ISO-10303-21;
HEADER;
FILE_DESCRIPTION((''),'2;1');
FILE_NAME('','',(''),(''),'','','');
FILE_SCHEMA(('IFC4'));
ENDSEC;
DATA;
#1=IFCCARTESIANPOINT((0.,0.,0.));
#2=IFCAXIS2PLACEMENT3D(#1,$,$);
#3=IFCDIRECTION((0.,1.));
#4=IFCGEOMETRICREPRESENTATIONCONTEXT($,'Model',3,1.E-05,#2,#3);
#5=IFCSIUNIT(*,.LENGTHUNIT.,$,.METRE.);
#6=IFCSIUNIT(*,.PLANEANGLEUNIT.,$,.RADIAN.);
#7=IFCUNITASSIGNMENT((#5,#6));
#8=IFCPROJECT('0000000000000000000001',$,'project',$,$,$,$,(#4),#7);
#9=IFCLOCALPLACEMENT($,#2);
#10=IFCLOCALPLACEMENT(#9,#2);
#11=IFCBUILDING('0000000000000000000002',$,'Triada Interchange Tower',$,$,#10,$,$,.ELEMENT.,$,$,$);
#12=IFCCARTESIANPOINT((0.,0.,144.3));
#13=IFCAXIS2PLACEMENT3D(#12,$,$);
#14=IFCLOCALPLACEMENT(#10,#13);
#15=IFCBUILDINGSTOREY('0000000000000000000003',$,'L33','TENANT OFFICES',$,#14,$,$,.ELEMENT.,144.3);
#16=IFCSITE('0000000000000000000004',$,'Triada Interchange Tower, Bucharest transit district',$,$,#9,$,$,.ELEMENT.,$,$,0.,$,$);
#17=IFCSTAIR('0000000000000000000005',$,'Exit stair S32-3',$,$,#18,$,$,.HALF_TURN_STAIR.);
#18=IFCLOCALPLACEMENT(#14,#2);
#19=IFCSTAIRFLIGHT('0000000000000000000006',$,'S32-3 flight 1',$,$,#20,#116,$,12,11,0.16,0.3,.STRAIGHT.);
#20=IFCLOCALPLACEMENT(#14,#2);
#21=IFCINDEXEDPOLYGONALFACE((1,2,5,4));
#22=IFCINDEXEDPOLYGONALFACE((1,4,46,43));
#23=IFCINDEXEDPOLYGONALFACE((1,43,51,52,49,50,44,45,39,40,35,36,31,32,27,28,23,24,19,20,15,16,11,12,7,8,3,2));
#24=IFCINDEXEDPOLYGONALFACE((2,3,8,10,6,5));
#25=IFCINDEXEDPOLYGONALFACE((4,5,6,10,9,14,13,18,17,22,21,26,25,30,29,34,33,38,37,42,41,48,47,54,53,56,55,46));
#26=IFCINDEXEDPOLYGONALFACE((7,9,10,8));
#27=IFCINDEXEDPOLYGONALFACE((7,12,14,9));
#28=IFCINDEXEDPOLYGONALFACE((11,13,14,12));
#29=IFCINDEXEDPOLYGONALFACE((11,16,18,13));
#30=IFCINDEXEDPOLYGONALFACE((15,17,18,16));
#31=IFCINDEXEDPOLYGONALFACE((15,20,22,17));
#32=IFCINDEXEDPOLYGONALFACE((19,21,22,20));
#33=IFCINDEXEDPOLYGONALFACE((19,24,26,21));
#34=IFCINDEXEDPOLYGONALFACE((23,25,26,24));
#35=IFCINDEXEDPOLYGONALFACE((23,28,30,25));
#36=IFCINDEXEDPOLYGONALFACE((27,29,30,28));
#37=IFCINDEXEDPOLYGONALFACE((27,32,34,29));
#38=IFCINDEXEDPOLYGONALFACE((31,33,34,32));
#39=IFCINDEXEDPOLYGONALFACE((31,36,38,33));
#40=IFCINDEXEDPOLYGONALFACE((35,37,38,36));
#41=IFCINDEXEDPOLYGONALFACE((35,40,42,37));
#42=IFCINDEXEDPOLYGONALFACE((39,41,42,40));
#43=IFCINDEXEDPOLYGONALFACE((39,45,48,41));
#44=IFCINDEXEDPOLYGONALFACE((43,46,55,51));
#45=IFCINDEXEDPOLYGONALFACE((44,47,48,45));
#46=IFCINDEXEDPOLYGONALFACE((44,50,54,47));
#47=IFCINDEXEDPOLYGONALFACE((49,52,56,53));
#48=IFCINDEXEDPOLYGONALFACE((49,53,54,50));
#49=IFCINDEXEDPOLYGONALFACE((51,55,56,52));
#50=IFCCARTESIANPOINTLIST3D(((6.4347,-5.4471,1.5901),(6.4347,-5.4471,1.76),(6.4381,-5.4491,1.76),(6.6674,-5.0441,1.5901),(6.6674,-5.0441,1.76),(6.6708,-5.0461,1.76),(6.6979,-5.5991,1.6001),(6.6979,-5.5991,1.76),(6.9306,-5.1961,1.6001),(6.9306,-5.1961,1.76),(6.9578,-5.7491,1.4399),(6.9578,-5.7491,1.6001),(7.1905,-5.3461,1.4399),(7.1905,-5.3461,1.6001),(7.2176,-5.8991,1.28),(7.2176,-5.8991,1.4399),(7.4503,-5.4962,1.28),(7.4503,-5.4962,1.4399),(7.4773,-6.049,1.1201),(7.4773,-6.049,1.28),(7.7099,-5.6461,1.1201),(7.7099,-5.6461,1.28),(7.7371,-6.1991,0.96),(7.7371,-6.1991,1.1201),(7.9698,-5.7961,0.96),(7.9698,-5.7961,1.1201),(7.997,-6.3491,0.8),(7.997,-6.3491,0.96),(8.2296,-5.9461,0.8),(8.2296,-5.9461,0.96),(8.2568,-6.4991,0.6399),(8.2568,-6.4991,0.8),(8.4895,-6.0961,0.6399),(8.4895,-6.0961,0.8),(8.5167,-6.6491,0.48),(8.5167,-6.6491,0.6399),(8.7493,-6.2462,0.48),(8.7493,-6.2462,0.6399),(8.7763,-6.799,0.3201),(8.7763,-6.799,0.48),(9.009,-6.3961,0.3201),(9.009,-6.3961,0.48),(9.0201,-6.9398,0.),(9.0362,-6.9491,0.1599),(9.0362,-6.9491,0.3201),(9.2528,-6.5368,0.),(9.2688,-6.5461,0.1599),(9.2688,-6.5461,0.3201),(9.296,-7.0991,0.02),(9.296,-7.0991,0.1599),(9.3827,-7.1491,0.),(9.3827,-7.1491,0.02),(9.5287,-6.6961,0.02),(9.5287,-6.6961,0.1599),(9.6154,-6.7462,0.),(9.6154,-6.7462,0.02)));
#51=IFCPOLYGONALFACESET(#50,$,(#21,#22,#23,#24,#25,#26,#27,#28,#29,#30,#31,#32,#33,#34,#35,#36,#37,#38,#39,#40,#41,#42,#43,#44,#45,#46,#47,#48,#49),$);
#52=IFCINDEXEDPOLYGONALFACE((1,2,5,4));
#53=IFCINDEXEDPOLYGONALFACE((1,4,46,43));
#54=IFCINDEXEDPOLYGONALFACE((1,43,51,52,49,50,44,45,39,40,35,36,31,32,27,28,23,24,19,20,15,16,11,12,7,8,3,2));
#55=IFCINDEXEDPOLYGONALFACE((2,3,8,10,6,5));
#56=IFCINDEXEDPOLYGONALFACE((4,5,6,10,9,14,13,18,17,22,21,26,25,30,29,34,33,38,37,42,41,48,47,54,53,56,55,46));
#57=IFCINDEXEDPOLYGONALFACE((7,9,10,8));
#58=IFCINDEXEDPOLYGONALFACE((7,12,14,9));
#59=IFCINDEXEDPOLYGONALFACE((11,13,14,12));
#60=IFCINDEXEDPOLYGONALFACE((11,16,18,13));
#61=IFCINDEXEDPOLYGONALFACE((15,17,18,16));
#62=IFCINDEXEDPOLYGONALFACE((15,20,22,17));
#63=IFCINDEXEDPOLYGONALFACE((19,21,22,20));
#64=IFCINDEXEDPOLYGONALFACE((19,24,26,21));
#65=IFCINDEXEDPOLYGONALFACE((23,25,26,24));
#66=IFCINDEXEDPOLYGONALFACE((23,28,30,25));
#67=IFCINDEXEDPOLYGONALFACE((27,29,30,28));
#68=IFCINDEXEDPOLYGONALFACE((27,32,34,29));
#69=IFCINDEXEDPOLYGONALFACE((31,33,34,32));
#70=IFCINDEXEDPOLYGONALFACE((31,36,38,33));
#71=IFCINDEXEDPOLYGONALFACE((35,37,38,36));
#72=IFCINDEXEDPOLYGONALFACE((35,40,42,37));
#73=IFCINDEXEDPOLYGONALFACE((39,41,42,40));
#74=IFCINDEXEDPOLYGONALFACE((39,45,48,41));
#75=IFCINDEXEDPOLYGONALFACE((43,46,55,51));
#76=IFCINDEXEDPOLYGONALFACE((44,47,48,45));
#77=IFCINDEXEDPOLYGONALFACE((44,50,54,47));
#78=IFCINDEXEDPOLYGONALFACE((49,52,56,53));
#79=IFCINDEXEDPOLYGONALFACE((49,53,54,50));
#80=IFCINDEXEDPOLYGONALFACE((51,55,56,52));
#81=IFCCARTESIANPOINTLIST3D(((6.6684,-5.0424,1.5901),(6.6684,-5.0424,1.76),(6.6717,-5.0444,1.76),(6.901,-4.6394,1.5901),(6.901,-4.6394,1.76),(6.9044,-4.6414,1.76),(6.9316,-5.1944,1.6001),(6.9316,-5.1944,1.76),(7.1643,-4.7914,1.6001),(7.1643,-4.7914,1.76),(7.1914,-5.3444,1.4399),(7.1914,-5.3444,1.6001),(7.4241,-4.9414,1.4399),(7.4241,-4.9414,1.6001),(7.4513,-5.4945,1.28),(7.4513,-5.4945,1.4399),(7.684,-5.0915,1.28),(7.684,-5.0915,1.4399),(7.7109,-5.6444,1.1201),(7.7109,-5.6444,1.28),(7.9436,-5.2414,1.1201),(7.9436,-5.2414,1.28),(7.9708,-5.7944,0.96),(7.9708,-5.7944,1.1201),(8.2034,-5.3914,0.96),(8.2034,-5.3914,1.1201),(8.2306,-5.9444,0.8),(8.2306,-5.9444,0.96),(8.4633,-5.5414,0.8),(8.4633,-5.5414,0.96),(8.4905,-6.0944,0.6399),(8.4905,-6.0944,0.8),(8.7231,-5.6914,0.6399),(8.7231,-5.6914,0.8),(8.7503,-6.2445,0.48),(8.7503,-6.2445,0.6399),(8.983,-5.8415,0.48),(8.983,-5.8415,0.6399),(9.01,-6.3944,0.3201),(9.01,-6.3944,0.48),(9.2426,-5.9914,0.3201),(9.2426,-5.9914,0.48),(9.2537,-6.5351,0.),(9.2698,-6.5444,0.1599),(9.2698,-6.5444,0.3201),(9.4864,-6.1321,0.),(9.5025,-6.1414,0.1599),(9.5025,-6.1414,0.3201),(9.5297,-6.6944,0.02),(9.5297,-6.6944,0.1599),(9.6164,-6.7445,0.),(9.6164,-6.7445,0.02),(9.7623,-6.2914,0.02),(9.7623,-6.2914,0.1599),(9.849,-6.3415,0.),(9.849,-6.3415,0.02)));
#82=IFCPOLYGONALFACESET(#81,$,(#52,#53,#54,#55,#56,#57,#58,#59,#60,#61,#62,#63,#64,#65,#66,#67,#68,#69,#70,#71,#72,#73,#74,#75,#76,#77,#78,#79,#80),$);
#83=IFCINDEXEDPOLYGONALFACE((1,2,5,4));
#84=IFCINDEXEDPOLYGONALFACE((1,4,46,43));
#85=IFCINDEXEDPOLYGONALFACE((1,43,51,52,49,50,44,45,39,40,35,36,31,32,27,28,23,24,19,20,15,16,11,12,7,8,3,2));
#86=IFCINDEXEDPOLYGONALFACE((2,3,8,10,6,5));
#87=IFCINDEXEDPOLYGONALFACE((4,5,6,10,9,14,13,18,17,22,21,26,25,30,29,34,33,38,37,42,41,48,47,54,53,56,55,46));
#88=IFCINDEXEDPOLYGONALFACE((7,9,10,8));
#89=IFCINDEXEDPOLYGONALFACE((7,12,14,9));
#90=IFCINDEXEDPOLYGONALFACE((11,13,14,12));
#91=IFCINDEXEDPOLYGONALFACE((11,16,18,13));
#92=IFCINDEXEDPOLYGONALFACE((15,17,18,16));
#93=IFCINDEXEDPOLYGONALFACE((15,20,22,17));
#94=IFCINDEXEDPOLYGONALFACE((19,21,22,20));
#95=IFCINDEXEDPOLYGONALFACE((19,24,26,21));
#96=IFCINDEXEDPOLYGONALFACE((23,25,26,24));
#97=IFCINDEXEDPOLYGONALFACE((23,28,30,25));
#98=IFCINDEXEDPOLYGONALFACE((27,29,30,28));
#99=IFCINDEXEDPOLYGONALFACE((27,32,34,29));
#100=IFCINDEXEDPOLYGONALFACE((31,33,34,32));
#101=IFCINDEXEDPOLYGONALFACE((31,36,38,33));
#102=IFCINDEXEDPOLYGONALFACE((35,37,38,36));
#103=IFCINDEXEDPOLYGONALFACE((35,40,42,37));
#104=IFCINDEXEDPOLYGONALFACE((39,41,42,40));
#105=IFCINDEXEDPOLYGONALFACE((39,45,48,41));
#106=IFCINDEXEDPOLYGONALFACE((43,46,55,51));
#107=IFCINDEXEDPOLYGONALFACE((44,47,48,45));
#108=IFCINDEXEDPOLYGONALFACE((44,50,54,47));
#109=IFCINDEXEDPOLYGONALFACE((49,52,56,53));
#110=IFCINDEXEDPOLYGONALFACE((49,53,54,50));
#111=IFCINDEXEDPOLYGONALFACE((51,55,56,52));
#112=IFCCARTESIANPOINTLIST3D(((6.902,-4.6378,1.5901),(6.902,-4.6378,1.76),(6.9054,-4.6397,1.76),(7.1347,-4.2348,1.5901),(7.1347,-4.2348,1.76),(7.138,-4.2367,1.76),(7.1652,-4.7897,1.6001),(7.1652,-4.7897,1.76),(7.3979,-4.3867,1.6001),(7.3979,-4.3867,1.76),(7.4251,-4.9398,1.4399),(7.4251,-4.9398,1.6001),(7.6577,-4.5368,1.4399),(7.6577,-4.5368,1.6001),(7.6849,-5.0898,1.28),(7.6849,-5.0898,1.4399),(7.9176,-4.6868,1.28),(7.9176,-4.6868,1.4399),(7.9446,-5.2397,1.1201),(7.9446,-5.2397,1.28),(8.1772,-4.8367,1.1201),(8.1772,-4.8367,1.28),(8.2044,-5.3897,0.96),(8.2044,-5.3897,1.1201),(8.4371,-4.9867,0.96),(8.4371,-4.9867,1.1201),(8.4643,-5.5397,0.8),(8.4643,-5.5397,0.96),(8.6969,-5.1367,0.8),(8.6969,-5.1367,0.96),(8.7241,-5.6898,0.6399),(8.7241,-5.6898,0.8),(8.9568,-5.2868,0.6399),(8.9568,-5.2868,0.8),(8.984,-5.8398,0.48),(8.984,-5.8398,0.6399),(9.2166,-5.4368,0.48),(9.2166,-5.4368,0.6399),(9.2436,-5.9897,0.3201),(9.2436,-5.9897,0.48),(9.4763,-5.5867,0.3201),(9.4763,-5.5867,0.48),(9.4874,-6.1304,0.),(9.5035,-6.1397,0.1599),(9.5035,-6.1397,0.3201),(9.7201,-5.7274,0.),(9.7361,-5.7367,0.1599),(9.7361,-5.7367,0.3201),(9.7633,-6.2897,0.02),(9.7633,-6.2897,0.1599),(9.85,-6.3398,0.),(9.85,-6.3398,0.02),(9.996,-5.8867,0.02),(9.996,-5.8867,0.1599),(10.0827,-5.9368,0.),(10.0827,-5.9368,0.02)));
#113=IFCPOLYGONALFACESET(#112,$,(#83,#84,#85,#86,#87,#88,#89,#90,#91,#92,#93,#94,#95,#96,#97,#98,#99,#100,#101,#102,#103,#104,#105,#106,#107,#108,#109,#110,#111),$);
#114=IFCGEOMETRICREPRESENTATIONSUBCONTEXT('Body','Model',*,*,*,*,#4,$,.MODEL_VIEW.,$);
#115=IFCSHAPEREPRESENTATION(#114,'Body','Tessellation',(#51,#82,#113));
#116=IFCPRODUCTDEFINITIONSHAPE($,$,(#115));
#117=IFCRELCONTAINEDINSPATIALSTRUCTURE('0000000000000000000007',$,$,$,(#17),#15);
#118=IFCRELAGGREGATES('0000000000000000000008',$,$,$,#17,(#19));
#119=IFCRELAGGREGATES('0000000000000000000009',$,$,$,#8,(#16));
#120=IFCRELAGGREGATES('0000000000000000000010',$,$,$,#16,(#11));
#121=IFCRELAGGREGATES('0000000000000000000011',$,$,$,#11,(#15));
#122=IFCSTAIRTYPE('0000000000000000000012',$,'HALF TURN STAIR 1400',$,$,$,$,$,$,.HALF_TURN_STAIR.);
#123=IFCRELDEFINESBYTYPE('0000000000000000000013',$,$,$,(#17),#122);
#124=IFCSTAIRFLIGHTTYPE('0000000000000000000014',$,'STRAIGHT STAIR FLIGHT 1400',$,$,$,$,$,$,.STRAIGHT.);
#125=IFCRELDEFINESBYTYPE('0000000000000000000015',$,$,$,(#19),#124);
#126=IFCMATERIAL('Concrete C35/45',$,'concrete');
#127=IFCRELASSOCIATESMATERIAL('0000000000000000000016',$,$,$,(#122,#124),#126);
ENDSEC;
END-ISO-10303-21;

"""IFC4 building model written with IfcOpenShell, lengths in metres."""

from ifc_helpers import new_model, si_unit, direction, frame, origin, place, context, subcontext, project, spatial, polyline, outline, extrude, material, type_object, element, aggregate, save


model = new_model("IFC4")

# Units and contexts
model_context = context("Model", 3, precision=1e-05, world=origin(), true_north=direction((0.0, 1.0)))
body_context = subcontext(model_context, "Body", "Model", "MODEL_VIEW")
ifc_project = project(units=[si_unit("LENGTHUNIT", "METRE"), si_unit("PLANEANGLEUNIT", "RADIAN")], contexts=[model_context])

# Site, building, storey
site_placement = place(None, origin())
site = spatial("IfcSite", under=ifc_project, at=site_placement, Name="Triada Interchange Tower, Bucharest transit district", CompositionType="ELEMENT", RefElevation=0.0)
building_placement = place(site_placement, origin())
building = spatial("IfcBuilding", under=site, at=building_placement, Name="Triada Interchange Tower", CompositionType="ELEMENT")
storey_placement = place(building_placement, frame((0.0, 0.0, 144.3)))
storey = spatial("IfcBuildingStorey", under=building, at=storey_placement, Name="L33", Description="TENANT OFFICES", CompositionType="ELEMENT", Elevation=144.3)

# Stair, stair flight
ifc_material_1 = material(Name="Concrete C35/45", Category="concrete")
stair_type = type_object("IfcStairType", Name="HALF TURN STAIR 1400", PredefinedType="HALF_TURN_STAIR", material=ifc_material_1)
stair_placement = place(storey_placement, origin())
stair = element("IfcStair", 1, at=stair_placement, inside=storey, type_object=stair_type, Name="Exit stair S32-3", PredefinedType="HALF_TURN_STAIR")
stair_flight_type = type_object("IfcStairFlightType", Name="STRAIGHT STAIR FLIGHT 1400", PredefinedType="STRAIGHT", material=ifc_material_1)
stair_flight_1_placement = place(storey_placement, frame((9.646, -6.4929, 0.0), z_axis=(0.0, 0.0, 1.0), x_axis=(-0.866025, 0.5, 0.0)))
stair_flight_1 = element("IfcStairFlight", 2, at=stair_flight_1_placement, type_object=stair_flight_type, Name="S32-3 flight 1", NumberOfRisers=12, NumberOfTreads=11, PredefinedType="STRAIGHT", RiserHeight=0.16, TreadLength=0.3, context=body_context, shape_type="SweptSolid", body=[
    extrude(outline(polyline([(-0.1001, 0.0), (-0.1001, 0.02), (0.0, 0.02), (0.0, 0.1599), (0.3, 0.1599), (0.3, 0.3201), (0.6001, 0.3201), (0.6001, 0.48), (0.8999, 0.48), (0.8999, 0.6399), (1.2, 0.6399), (1.2, 0.8), (1.5, 0.8), (1.5, 0.96), (1.8, 0.96), (1.8, 1.1201), (2.1001, 1.1201), (2.1001, 1.28), (2.3999, 1.28), (2.3999, 1.4399), (2.7, 1.4399), (2.7, 1.6001), (3.0, 1.6001), (3.0, 1.76), (3.3, 1.76), (3.304, 1.76), (3.304, 1.9199), (3.304, 1.5901), (0.3186, 0.0), (-0.1001, 0.0)])), frame((0.0, 0.7, 0.0), z_axis=(0.0, -1.0, 0.0), x_axis=(1.0, 0.0, 0.0)), (0.0, 0.0, 1.0), 0.4653),
    extrude(outline(polyline([(-0.1001, 0.0), (-0.1001, 0.02), (0.0, 0.02), (0.0, 0.1599), (0.3, 0.1599), (0.3, 0.3201), (0.6001, 0.3201), (0.6001, 0.48), (0.8999, 0.48), (0.8999, 0.6399), (1.2, 0.6399), (1.2, 0.8), (1.5, 0.8), (1.5, 0.96), (1.8, 0.96), (1.8, 1.1201), (2.1001, 1.1201), (2.1001, 1.28), (2.3999, 1.28), (2.3999, 1.4399), (2.7, 1.4399), (2.7, 1.6001), (3.0, 1.6001), (3.0, 1.76), (3.3, 1.76), (3.304, 1.76), (3.304, 1.9199), (3.304, 1.5901), (0.3186, 0.0), (-0.1001, 0.0)])), frame((0.0, 0.2327, 0.0), z_axis=(0.0, -1.0, 0.0), x_axis=(1.0, 0.0, 0.0)), (0.0, 0.0, 1.0), 0.4653),
    extrude(outline(polyline([(-0.1001, 0.0), (-0.1001, 0.02), (0.0, 0.02), (0.0, 0.1599), (0.3, 0.1599), (0.3, 0.3201), (0.6001, 0.3201), (0.6001, 0.48), (0.8999, 0.48), (0.8999, 0.6399), (1.2, 0.6399), (1.2, 0.8), (1.5, 0.8), (1.5, 0.96), (1.8, 0.96), (1.8, 1.1201), (2.1001, 1.1201), (2.1001, 1.28), (2.3999, 1.28), (2.3999, 1.4399), (2.7, 1.4399), (2.7, 1.6001), (3.0, 1.6001), (3.0, 1.76), (3.3, 1.76), (3.304, 1.76), (3.304, 1.9199), (3.304, 1.5901), (0.3186, 0.0), (-0.1001, 0.0)])), frame((0.0, -0.2346, 0.0), z_axis=(0.0, -1.0, 0.0), x_axis=(1.0, 0.0, 0.0)), (0.0, 0.0, 1.0), 0.4653),
])

aggregate(stair, [stair_flight_1])

save(model, "model.ifc")
